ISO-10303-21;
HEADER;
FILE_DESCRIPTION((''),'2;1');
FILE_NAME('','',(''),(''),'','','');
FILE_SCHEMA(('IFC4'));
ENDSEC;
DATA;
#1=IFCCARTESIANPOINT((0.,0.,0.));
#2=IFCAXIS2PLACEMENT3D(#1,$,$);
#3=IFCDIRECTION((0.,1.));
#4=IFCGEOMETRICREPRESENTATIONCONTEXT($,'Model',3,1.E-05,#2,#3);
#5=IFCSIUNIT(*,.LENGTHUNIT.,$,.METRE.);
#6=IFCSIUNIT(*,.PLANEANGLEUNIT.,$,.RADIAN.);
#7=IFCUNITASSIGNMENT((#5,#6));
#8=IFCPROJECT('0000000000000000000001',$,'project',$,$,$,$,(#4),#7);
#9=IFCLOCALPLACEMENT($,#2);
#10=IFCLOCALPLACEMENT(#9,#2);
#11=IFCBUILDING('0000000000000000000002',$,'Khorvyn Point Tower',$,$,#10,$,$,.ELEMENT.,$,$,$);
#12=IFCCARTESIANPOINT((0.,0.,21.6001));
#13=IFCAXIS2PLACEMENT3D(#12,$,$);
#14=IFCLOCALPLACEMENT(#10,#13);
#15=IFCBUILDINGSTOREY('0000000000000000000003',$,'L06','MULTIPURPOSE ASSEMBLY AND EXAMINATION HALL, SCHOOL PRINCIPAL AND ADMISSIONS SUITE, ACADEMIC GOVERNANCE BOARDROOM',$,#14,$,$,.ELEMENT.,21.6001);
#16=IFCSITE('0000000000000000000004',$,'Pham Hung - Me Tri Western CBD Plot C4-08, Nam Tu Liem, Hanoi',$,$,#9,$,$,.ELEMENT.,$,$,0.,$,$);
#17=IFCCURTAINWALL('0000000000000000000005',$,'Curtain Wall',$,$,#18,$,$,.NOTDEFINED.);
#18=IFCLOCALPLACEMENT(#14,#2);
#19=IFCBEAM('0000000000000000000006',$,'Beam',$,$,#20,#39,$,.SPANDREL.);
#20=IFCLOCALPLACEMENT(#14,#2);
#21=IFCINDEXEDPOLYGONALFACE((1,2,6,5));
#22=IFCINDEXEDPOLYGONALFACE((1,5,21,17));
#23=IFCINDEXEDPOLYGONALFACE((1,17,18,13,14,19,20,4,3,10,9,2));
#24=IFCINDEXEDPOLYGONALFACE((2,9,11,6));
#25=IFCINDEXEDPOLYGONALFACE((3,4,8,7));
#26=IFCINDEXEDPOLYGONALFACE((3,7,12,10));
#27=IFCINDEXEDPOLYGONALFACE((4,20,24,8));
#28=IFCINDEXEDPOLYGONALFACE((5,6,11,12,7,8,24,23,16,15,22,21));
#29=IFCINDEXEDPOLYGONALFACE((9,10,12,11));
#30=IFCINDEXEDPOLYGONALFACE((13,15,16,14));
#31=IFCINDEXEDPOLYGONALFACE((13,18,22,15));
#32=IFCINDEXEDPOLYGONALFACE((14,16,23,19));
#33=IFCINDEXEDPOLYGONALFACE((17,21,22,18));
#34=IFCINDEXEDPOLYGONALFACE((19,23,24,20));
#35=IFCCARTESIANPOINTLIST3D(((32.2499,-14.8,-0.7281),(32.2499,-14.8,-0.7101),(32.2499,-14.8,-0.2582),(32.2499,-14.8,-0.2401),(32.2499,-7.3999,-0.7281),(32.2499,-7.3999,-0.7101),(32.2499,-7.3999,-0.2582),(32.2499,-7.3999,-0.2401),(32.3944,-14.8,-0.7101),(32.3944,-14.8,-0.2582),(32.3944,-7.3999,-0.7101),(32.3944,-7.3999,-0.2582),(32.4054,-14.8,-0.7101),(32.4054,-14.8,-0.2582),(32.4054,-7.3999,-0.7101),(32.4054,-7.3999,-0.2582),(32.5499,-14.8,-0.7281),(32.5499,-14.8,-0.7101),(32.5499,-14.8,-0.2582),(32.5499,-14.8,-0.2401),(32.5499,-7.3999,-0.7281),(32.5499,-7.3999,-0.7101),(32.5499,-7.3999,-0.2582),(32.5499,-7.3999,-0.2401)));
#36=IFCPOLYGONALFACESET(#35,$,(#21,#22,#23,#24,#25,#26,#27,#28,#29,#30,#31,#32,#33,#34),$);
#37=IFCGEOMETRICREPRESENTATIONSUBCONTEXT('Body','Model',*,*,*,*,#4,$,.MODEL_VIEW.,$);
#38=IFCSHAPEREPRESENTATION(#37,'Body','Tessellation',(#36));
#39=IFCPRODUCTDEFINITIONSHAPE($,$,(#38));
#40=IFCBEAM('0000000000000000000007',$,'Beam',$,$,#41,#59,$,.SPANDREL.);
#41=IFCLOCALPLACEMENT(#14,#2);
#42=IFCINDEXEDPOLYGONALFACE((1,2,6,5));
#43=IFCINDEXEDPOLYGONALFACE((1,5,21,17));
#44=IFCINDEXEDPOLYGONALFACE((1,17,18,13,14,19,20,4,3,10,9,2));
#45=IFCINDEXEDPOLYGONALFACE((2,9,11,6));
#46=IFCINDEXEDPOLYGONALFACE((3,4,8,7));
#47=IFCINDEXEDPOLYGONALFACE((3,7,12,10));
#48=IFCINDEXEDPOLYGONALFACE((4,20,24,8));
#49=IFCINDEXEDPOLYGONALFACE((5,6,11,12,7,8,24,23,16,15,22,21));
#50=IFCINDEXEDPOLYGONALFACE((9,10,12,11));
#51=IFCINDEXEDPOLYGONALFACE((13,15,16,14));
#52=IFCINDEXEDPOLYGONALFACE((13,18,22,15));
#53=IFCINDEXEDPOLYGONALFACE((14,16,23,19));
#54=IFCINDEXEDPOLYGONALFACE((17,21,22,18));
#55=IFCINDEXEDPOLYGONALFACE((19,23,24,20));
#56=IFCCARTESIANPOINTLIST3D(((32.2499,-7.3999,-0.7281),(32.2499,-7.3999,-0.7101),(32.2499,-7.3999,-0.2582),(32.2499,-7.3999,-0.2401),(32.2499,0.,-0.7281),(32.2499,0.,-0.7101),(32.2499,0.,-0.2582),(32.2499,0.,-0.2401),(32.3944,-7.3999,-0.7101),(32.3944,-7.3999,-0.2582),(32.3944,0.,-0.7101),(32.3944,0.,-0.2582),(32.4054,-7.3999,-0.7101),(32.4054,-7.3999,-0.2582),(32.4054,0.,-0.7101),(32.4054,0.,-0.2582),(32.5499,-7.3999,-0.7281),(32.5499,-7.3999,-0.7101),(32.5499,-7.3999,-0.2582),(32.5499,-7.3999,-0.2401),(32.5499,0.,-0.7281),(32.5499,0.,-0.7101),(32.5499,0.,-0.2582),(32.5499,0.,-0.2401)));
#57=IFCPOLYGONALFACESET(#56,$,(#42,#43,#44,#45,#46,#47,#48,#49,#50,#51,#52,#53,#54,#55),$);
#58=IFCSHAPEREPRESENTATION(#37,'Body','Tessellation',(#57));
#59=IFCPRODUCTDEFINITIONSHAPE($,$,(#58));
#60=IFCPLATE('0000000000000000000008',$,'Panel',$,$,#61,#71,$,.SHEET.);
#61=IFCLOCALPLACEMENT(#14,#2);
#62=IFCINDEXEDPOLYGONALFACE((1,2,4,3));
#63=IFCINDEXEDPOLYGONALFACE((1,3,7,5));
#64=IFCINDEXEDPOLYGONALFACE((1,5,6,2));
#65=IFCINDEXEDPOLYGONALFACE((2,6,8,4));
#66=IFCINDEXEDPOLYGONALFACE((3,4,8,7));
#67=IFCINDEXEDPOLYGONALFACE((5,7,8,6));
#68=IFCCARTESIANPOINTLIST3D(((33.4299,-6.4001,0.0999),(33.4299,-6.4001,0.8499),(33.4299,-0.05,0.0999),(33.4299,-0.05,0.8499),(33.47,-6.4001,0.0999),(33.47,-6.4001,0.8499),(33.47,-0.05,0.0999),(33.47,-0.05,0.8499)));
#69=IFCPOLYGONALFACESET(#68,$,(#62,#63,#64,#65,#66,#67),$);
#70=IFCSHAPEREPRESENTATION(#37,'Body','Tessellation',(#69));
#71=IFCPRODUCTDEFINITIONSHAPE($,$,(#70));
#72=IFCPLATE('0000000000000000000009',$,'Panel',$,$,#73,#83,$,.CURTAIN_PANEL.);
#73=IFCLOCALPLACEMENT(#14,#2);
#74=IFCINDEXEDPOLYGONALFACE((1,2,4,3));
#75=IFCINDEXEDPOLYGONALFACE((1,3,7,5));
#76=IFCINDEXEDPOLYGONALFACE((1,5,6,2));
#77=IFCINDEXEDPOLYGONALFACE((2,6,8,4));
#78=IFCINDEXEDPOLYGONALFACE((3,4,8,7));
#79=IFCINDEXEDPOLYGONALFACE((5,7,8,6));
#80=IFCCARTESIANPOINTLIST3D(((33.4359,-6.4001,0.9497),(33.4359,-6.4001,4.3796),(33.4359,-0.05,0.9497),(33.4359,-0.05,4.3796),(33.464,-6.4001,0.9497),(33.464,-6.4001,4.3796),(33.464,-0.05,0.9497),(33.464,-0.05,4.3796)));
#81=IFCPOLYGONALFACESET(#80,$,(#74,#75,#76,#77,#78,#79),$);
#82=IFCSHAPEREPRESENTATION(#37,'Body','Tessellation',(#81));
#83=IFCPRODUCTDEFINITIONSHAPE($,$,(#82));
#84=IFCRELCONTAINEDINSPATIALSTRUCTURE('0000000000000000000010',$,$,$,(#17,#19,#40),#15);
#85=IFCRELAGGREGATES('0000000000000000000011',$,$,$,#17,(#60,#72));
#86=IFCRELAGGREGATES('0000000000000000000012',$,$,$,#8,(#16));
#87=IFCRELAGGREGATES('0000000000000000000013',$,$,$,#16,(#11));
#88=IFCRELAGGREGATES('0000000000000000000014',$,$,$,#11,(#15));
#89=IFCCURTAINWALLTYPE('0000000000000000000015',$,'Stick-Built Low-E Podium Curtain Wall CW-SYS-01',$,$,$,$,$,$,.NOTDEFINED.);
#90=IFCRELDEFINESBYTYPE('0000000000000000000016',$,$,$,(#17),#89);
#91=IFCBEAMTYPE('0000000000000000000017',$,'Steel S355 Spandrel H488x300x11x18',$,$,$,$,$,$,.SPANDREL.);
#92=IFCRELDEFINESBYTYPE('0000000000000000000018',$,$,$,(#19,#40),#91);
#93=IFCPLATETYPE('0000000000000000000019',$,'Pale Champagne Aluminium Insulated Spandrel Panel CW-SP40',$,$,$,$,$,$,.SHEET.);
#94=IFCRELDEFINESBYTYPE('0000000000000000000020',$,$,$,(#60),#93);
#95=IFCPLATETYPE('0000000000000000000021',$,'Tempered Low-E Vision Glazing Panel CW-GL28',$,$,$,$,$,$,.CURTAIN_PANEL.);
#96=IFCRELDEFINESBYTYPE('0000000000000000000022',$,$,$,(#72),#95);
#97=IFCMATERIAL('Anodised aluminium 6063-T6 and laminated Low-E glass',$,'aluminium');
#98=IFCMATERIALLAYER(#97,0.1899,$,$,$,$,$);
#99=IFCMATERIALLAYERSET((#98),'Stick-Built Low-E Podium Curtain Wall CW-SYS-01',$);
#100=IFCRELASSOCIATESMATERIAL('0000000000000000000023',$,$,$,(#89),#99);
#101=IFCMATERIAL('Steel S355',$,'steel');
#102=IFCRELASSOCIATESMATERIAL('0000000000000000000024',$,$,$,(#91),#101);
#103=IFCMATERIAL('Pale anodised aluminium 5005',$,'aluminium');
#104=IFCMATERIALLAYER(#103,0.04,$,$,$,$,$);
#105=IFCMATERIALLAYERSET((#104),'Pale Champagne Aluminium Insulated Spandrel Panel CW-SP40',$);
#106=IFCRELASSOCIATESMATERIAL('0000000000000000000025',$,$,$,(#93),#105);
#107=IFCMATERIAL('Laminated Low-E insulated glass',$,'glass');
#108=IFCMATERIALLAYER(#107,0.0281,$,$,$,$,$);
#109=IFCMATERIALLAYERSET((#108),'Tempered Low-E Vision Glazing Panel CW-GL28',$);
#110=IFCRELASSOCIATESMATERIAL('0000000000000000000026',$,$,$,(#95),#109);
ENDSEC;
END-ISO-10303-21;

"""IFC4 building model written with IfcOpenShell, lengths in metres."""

from ifc_helpers import new_model, si_unit, direction, frame, origin, origin_2d, place, context, subcontext, project, spatial, rectangle, i_section, extrude, material, layer, layer_set, material_profile, profile_set, type_object, element, aggregate, save


model = new_model("IFC4")

# Units and contexts
model_context = context("Model", 3, precision=1e-05, world=origin(), true_north=direction((0.0, 1.0)))
body_context = subcontext(model_context, "Body", "Model", "MODEL_VIEW")
ifc_project = project(units=[si_unit("LENGTHUNIT", "METRE"), si_unit("PLANEANGLEUNIT", "RADIAN")], contexts=[model_context])

# Site, building, storey
site_placement = place(None, origin())
site = spatial("IfcSite", under=ifc_project, at=site_placement, Name="Pham Hung - Me Tri Western CBD Plot C4-08, Nam Tu Liem, Hanoi", CompositionType="ELEMENT", RefElevation=0.0)
building_placement = place(site_placement, origin())
building = spatial("IfcBuilding", under=site, at=building_placement, Name="Khorvyn Point Tower", CompositionType="ELEMENT")
storey_placement = place(building_placement, frame((0.0, 0.0, 21.6001)))
storey = spatial("IfcBuildingStorey", under=building, at=storey_placement, Name="L06", Description="MULTIPURPOSE ASSEMBLY AND EXAMINATION HALL, SCHOOL PRINCIPAL AND ADMISSIONS SUITE, ACADEMIC GOVERNANCE BOARDROOM", CompositionType="ELEMENT", Elevation=21.6001)

# Curtain wall
ifc_material_1 = material(Name="Anodised aluminium 6063-T6 and laminated Low-E glass", Category="aluminium")
ifc_layer_1 = layer(ifc_material_1, 0.1899)
ifc_layer_set_1 = layer_set([ifc_layer_1], Name="Stick-Built Low-E Podium Curtain Wall CW-SYS-01")
curtain_wall_type = type_object("IfcCurtainWallType", Name="Stick-Built Low-E Podium Curtain Wall CW-SYS-01", PredefinedType="NOTDEFINED", material=ifc_layer_set_1)
curtain_wall_placement = place(storey_placement, origin())
curtain_wall = element("IfcCurtainWall", 1, at=curtain_wall_placement, inside=storey, type_object=curtain_wall_type, Name="Curtain Wall", PredefinedType="NOTDEFINED")

# Beams
ifc_material_2 = material(Name="Steel S355", Category="steel")
ifc_material_profile_1 = material_profile(ifc_material_2, i_section(OverallWidth=0.3, OverallDepth=0.488, WebThickness=0.011, FlangeThickness=0.0181, at=origin_2d()))
ifc_profile_set_1 = profile_set([ifc_material_profile_1], Name="Steel S355 H488x300x11x18")
beam_type_1 = type_object("IfcBeamType", Name="Steel S355 Spandrel H488x300x11x18", PredefinedType="SPANDREL", material=ifc_profile_set_1)
beam_1_placement = place(storey_placement, frame((32.3999, -14.8, -0.4841), z_axis=(0.0, 1.0, 0.0), x_axis=(-1.0, 0.0, 0.0)))
element("IfcBeam", 2, at=beam_1_placement, inside=storey, type_object=beam_type_1, Name="Beam", PredefinedType="SPANDREL", context=body_context, shape_type="SweptSolid", body=[
    extrude(i_section(OverallWidth=0.3, OverallDepth=0.488, WebThickness=0.011, FlangeThickness=0.0181, at=origin_2d()), origin(), (0.0, 0.0, 1.0), 7.4001),
])
beam_2_placement = place(storey_placement, frame((32.3999, -7.3999, -0.4841), z_axis=(0.0, 1.0, 0.0), x_axis=(-1.0, 0.0, 0.0)))
element("IfcBeam", 3, at=beam_2_placement, inside=storey, type_object=beam_type_1, Name="Beam", PredefinedType="SPANDREL", context=body_context, shape_type="SweptSolid", body=[
    extrude(i_section(OverallWidth=0.3, OverallDepth=0.488, WebThickness=0.011, FlangeThickness=0.0181, at=origin_2d()), origin(), (0.0, 0.0, 1.0), 7.3999),
])

# Plates
ifc_material_3 = material(Name="Pale anodised aluminium 5005", Category="aluminium")
ifc_layer_2 = layer(ifc_material_3, 0.04)
ifc_layer_set_2 = layer_set([ifc_layer_2], Name="Pale Champagne Aluminium Insulated Spandrel Panel CW-SP40")
plate_type_1 = type_object("IfcPlateType", Name="Pale Champagne Aluminium Insulated Spandrel Panel CW-SP40", PredefinedType="SHEET", material=ifc_layer_set_2)
plate_1_placement = place(storey_placement, frame((33.45, -3.2251, 0.0999), z_axis=(0.0, 0.0, 1.0), x_axis=(0.0, 1.0, 0.0)))
plate_1 = element("IfcPlate", 4, at=plate_1_placement, type_object=plate_type_1, Name="Panel", PredefinedType="SHEET", context=body_context, shape_type="SweptSolid", body=[
    extrude(rectangle(XDim=6.3501, YDim=0.04, at=origin_2d()), origin(), (0.0, 0.0, 1.0), 0.75),
])
ifc_material_4 = material(Name="Laminated Low-E insulated glass", Category="glass")
ifc_layer_3 = layer(ifc_material_4, 0.0281)
ifc_layer_set_3 = layer_set([ifc_layer_3], Name="Tempered Low-E Vision Glazing Panel CW-GL28")
plate_type_2 = type_object("IfcPlateType", Name="Tempered Low-E Vision Glazing Panel CW-GL28", PredefinedType="CURTAIN_PANEL", material=ifc_layer_set_3)
plate_2_placement = place(storey_placement, frame((33.45, -3.2251, 0.9497), z_axis=(0.0, 0.0, 1.0), x_axis=(0.0, 1.0, 0.0)))
plate_2 = element("IfcPlate", 5, at=plate_2_placement, type_object=plate_type_2, Name="Panel", PredefinedType="CURTAIN_PANEL", context=body_context, shape_type="SweptSolid", body=[
    extrude(rectangle(XDim=6.3501, YDim=0.0281, at=origin_2d()), origin(), (0.0, 0.0, 1.0), 3.4299),
])
aggregate(curtain_wall, [plate_1, plate_2])

save(model, "model.ifc")
